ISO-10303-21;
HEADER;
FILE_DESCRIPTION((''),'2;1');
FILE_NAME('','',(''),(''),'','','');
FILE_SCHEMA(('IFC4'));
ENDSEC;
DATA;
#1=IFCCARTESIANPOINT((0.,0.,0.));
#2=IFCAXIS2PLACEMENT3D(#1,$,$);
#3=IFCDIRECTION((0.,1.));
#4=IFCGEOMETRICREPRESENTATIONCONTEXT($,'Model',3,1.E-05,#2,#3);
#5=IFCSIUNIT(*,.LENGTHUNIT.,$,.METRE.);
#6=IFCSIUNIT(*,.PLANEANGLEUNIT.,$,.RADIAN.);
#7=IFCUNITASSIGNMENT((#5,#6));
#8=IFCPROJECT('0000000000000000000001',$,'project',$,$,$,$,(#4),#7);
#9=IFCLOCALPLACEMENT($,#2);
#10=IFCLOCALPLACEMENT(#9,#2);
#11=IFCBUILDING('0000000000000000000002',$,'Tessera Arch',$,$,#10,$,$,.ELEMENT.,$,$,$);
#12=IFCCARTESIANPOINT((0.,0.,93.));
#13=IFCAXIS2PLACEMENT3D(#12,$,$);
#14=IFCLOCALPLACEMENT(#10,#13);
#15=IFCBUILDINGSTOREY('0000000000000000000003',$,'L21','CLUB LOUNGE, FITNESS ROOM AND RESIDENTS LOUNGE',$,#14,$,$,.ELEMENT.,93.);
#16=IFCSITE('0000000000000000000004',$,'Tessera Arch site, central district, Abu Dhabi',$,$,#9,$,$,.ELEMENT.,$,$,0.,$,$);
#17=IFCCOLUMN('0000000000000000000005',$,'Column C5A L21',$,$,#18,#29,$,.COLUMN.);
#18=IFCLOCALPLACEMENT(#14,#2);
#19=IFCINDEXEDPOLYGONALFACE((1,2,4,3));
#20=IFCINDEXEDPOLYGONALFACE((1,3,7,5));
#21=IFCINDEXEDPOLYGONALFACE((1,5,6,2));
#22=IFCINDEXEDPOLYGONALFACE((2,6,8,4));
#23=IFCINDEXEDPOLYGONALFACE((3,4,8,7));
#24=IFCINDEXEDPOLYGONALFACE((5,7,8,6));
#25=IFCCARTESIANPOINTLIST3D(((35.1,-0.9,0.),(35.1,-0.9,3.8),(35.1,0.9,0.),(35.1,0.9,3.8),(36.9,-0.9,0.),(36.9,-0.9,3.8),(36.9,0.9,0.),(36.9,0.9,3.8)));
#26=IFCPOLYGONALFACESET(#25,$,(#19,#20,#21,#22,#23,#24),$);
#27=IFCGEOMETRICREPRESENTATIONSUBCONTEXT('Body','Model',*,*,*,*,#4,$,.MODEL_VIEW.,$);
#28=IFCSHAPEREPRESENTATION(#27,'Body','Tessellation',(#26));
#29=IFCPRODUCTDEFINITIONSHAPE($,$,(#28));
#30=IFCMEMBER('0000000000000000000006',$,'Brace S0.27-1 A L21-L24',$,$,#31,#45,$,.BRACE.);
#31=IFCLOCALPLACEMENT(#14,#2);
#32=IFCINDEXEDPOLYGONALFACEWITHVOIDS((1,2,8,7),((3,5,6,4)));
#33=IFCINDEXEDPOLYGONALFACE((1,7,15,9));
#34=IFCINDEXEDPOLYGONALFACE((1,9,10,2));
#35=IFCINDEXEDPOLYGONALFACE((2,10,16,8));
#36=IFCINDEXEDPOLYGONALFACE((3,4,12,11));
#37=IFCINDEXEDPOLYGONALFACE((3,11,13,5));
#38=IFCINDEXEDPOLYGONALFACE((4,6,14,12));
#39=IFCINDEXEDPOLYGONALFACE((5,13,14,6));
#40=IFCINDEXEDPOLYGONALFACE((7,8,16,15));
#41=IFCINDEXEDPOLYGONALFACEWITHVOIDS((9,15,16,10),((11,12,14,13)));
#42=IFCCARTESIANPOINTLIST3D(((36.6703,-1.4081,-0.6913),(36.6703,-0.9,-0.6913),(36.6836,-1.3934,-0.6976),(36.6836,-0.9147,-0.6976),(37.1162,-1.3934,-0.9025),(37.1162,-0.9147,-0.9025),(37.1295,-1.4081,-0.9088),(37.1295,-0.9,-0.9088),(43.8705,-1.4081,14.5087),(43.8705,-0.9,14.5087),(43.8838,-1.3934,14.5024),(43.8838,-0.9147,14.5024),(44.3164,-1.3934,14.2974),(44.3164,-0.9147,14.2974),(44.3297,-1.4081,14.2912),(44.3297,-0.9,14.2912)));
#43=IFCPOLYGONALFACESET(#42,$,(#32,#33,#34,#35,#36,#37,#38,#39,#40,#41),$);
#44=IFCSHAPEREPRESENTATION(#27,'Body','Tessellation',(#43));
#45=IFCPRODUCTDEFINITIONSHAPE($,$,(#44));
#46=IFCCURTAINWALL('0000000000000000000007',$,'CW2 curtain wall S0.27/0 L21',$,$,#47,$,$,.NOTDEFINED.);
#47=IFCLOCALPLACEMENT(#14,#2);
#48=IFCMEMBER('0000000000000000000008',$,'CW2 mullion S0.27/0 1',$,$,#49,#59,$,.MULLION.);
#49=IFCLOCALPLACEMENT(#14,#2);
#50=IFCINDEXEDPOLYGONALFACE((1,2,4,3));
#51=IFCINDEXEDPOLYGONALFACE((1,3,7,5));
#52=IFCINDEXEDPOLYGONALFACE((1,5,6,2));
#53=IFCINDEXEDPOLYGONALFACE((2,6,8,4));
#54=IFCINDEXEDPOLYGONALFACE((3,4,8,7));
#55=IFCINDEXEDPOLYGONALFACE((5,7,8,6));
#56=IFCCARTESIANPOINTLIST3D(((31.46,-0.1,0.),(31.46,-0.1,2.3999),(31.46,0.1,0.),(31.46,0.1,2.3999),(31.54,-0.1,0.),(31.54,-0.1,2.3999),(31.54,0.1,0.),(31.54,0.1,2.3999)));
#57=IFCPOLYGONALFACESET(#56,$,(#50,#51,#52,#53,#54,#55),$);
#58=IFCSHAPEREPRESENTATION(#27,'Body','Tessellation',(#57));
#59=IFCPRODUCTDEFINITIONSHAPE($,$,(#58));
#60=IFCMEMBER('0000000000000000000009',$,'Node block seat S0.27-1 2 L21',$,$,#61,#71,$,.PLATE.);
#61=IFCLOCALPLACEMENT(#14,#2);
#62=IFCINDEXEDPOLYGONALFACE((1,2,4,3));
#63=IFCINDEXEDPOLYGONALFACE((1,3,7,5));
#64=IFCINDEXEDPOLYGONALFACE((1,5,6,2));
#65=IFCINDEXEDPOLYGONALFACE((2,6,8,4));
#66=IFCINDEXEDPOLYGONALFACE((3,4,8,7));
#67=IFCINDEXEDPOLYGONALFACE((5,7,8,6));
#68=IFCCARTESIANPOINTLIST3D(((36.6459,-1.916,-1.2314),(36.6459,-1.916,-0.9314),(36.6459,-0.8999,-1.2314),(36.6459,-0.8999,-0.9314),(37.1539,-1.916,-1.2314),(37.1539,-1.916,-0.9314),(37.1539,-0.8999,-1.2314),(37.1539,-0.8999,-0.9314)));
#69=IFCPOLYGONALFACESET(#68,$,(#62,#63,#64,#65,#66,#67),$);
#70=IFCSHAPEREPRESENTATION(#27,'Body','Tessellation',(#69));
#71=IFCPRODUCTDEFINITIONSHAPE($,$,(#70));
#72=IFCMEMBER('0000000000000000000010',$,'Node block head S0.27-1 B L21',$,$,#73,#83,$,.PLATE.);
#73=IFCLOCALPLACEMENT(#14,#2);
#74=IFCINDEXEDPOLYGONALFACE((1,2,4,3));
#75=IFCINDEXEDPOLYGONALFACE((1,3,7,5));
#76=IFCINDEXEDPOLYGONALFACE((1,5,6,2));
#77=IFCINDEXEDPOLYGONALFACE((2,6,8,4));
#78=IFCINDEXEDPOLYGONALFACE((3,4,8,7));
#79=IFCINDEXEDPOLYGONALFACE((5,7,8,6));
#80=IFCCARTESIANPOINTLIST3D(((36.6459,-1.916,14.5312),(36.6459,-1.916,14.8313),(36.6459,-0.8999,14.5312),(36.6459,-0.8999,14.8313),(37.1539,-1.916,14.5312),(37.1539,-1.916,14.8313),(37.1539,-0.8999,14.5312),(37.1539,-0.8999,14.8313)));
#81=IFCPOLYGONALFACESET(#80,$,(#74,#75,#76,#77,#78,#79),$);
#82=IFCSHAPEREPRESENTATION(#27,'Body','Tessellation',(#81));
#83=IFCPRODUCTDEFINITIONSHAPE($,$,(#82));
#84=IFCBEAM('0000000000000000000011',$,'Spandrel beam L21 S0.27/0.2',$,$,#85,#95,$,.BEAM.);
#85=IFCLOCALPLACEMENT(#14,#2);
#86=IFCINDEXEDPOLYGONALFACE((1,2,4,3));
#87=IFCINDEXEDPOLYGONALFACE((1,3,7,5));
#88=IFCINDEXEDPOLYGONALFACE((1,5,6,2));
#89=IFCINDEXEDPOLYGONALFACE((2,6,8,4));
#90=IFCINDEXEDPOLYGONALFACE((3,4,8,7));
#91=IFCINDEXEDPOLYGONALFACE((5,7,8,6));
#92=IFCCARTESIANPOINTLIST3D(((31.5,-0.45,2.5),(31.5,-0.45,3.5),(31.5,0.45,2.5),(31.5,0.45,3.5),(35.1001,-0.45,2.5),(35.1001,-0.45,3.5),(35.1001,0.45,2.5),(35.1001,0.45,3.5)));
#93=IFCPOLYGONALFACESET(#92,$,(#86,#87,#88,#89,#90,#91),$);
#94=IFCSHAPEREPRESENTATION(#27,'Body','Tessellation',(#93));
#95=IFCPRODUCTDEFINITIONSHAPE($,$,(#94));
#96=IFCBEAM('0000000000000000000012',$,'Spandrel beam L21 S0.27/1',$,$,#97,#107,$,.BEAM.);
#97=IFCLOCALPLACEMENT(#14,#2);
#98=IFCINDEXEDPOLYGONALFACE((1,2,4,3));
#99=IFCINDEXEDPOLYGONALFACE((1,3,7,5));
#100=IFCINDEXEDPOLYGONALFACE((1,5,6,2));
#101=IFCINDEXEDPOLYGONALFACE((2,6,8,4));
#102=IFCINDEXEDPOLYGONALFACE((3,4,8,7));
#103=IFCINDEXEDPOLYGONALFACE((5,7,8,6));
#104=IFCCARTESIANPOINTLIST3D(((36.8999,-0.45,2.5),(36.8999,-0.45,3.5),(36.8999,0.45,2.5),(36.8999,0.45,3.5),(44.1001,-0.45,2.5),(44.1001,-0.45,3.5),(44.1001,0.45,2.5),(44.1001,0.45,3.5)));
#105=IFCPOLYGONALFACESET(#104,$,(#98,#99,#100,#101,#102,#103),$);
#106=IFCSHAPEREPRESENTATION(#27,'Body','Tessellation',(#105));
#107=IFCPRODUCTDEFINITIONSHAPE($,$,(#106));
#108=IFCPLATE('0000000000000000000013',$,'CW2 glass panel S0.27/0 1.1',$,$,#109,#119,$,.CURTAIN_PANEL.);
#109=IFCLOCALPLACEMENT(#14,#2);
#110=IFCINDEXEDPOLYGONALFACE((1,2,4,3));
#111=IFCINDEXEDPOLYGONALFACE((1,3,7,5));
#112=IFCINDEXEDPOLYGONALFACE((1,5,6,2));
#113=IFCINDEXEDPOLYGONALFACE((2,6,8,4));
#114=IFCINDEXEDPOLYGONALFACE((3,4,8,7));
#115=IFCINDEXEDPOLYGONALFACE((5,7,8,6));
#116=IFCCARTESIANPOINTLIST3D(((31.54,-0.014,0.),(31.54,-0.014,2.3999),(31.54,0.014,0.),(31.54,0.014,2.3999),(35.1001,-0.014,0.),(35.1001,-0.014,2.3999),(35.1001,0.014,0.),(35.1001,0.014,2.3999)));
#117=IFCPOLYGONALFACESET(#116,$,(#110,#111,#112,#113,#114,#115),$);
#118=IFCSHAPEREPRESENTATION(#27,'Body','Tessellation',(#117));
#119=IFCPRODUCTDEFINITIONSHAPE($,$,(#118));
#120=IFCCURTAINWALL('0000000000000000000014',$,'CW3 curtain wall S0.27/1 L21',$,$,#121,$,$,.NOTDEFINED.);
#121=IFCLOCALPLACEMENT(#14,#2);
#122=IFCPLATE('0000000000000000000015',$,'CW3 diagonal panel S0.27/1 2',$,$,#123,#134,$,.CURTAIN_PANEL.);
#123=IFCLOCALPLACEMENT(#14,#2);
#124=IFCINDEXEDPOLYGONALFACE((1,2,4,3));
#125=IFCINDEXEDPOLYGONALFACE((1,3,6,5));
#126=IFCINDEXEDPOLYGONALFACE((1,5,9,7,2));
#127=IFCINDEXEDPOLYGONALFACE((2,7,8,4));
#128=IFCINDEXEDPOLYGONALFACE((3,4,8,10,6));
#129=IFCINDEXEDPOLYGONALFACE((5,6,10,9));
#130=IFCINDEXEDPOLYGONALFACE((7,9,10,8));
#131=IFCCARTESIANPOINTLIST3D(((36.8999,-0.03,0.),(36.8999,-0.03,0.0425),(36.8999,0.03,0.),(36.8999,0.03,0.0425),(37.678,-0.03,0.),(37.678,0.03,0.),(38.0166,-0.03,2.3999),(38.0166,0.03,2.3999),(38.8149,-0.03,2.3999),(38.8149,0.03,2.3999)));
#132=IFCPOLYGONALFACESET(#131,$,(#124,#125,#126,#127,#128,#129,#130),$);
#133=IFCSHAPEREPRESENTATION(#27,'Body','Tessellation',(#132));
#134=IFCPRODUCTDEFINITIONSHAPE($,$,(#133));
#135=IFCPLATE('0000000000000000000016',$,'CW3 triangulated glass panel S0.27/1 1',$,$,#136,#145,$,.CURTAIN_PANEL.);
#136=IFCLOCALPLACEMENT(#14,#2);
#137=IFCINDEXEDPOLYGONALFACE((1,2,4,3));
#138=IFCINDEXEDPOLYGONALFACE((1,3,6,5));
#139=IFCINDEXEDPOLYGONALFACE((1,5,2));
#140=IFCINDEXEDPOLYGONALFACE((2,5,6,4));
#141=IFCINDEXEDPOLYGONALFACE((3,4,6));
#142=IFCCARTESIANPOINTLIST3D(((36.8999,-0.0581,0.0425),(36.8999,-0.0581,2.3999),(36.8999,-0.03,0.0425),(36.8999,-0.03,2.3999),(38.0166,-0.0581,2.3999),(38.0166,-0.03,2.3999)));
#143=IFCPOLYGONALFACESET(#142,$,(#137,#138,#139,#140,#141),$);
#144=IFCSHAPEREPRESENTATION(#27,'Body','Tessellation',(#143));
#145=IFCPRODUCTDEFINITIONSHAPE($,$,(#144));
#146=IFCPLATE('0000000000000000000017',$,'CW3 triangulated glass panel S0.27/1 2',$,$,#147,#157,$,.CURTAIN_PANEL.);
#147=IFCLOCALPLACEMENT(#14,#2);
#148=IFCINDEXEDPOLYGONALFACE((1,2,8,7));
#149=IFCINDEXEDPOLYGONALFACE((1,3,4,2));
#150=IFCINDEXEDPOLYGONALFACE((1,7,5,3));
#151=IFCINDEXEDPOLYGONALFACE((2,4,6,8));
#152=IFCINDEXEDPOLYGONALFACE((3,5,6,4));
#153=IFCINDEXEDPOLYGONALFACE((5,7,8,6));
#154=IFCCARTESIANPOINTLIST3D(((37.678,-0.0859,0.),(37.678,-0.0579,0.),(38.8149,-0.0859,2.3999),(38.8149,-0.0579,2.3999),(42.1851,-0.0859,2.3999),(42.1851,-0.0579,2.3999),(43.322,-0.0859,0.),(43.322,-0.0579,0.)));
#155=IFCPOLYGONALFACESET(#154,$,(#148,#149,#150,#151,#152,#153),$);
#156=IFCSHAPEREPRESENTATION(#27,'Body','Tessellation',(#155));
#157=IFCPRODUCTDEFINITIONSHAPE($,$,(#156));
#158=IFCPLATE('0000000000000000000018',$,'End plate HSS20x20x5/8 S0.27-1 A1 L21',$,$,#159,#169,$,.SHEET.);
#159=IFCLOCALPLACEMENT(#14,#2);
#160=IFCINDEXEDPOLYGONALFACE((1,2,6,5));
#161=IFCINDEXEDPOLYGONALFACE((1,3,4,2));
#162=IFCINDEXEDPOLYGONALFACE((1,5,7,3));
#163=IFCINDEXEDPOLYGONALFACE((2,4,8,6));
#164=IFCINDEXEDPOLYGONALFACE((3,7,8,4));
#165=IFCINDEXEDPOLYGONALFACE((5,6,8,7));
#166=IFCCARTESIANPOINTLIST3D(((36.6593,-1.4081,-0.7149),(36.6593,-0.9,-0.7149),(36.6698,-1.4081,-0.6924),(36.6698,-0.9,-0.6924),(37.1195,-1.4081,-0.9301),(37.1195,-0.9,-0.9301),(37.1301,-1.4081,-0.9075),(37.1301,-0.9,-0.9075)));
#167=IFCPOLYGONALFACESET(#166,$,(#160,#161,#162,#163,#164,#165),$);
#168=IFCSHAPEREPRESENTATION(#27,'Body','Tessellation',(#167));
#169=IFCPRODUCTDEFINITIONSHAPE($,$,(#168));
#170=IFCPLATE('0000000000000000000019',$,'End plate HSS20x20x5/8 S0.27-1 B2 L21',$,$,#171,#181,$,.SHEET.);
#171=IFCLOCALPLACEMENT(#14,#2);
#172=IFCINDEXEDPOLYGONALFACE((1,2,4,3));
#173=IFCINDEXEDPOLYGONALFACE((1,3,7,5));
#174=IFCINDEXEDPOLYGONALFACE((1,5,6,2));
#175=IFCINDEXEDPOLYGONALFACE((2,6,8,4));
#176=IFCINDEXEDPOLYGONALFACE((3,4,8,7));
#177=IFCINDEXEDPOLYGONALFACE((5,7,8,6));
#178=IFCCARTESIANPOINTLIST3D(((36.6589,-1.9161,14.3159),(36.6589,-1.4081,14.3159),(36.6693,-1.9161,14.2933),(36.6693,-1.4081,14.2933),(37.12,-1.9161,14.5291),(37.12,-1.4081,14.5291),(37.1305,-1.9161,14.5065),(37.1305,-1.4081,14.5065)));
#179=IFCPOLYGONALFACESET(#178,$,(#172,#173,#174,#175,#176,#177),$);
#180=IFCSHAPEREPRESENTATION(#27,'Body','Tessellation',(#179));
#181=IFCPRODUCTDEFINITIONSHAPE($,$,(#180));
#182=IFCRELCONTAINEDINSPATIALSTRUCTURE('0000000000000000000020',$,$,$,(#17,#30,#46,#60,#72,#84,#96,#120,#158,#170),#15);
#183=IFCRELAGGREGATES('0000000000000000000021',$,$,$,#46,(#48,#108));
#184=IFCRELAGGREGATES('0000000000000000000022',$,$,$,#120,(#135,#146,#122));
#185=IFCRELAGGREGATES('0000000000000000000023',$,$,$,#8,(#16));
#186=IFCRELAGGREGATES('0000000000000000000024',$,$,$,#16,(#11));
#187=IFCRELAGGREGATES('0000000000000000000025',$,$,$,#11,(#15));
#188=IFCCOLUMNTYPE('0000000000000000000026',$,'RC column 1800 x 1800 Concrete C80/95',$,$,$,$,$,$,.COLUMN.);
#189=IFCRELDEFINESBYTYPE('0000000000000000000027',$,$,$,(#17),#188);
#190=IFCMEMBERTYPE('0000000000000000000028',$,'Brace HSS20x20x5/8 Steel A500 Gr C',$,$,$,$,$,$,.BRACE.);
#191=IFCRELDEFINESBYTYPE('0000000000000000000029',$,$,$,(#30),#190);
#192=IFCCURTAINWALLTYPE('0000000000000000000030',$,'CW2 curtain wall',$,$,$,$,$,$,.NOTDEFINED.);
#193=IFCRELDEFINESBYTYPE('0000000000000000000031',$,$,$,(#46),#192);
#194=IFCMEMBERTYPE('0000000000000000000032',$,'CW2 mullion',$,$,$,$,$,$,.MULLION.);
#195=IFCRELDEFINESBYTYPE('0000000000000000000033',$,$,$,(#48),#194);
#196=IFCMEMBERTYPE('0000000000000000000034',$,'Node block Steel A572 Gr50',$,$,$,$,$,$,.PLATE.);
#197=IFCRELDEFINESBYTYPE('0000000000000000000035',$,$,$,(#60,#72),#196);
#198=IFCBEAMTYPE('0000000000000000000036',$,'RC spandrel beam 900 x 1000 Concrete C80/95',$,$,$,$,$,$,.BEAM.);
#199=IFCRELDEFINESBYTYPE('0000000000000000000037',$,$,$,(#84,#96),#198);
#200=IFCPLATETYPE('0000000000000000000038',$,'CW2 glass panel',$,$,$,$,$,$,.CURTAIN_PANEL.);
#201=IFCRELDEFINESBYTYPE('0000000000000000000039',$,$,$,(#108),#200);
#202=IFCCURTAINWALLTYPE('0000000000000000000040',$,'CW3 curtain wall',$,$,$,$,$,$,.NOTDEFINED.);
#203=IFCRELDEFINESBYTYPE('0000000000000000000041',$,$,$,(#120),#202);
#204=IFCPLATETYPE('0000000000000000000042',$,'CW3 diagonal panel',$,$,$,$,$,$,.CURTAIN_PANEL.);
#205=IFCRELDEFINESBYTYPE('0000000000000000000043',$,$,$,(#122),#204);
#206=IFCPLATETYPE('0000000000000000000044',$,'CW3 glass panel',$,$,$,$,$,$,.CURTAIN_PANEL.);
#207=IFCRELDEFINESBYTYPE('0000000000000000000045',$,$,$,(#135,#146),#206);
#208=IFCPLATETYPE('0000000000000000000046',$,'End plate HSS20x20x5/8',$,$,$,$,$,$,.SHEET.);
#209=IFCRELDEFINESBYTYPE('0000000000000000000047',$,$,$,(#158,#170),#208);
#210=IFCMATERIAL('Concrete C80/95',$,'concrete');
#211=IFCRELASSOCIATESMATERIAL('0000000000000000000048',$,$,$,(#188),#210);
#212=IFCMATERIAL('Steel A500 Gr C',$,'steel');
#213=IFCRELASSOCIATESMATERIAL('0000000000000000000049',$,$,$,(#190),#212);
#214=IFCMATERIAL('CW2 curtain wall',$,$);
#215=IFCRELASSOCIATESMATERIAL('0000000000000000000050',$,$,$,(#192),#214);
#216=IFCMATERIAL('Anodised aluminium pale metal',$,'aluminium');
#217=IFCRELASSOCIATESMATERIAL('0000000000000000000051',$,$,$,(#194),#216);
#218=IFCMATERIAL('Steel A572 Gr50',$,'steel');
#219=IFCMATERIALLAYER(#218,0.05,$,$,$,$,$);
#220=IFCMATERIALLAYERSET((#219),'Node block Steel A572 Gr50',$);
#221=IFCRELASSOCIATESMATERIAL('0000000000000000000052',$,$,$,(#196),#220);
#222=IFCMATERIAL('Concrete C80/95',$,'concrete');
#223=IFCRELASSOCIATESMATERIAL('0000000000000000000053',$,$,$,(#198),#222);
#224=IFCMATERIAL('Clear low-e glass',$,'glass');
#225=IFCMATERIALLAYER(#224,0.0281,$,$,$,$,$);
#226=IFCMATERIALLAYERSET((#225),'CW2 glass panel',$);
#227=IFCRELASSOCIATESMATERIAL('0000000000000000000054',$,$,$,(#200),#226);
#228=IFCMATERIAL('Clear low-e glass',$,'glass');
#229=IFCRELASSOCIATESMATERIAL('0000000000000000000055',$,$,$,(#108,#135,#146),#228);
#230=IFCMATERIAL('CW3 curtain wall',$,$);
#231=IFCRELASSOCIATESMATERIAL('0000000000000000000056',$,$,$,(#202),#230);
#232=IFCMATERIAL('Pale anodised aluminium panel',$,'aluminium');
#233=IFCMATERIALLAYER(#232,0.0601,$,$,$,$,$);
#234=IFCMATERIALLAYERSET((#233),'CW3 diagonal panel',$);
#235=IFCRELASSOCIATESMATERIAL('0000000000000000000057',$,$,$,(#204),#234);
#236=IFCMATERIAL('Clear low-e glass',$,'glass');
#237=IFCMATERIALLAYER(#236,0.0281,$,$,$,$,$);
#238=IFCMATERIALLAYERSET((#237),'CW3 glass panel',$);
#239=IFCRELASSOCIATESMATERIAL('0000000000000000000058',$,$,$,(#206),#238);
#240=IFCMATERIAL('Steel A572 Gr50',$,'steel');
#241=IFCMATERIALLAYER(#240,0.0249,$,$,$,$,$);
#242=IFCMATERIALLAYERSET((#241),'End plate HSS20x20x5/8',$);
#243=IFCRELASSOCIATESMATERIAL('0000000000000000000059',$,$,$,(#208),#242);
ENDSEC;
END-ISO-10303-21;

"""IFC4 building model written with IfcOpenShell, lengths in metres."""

from ifc_helpers import new_model, si_unit, direction, frame, origin, origin_2d, place, context, subcontext, project, spatial, polyline, rectangle, hollow_rectangle, outline, extrude, material, layer, layer_set, material_profile, profile_set, type_object, element, aggregate, save


model = new_model("IFC4")

# Units and contexts
model_context = context("Model", 3, precision=1e-05, world=origin(), true_north=direction((0.0, 1.0)))
body_context = subcontext(model_context, "Body", "Model", "MODEL_VIEW")
ifc_project = project(units=[si_unit("LENGTHUNIT", "METRE"), si_unit("PLANEANGLEUNIT", "RADIAN")], contexts=[model_context])

# Site, building, storey
site_placement = place(None, origin())
site = spatial("IfcSite", under=ifc_project, at=site_placement, Name="Tessera Arch site, central district, Abu Dhabi", CompositionType="ELEMENT", RefElevation=0.0)
building_placement = place(site_placement, origin())
building = spatial("IfcBuilding", under=site, at=building_placement, Name="Tessera Arch", CompositionType="ELEMENT")
storey_placement = place(building_placement, frame((0.0, 0.0, 93.0)))
storey = spatial("IfcBuildingStorey", under=building, at=storey_placement, Name="L21", Description="CLUB LOUNGE, FITNESS ROOM AND RESIDENTS LOUNGE", CompositionType="ELEMENT", Elevation=93.0)

# Column
ifc_material_1 = material(Name="Concrete C80/95", Category="concrete")
ifc_material_profile_1 = material_profile(ifc_material_1, rectangle(XDim=1.8, YDim=1.8, at=origin_2d()), Name="RC column 1800 x 1800 Concrete C80/95")
ifc_profile_set_1 = profile_set([ifc_material_profile_1], Name="Concrete C80/95")
column_type = type_object("IfcColumnType", Name="RC column 1800 x 1800 Concrete C80/95", PredefinedType="COLUMN", material=ifc_profile_set_1)
column_placement = place(storey_placement, frame((36.0, 0.0, 0.0), z_axis=(0.0, 0.0, 1.0), x_axis=(1.0, 0.0, 0.0)))
element("IfcColumn", 1, at=column_placement, inside=storey, type_object=column_type, Name="Column C5A L21", PredefinedType="COLUMN", context=body_context, shape_type="SweptSolid", body=[
    extrude(rectangle(XDim=1.8, YDim=1.8, at=origin_2d()), origin(), (0.0, 0.0, 1.0), 3.8),
])

# Member
ifc_material_2 = material(Name="Steel A500 Gr C", Category="steel")
ifc_material_profile_2 = material_profile(ifc_material_2, hollow_rectangle(XDim=0.5081, YDim=0.5081, WallThickness=0.0146, at=origin_2d()), Name="HSS20x20x5/8")
ifc_profile_set_2 = profile_set([ifc_material_profile_2], Name="Steel A500 Gr C")
member_type_1 = type_object("IfcMemberType", Name="Brace HSS20x20x5/8 Steel A500 Gr C", PredefinedType="BRACE", material=ifc_profile_set_2)
member_1_placement = place(storey_placement, frame((36.8999, -1.1541, -0.8), z_axis=(0.428097, 0.0, 0.903733), x_axis=(0.0, 1.0, 0.0)))
element("IfcMember", 2, at=member_1_placement, inside=storey, type_object=member_type_1, Name="Brace S0.27-1 A L21-L24", PredefinedType="BRACE", context=body_context, shape_type="SweptSolid", body=[
    extrude(hollow_rectangle(XDim=0.5081, YDim=0.5081, WallThickness=0.0146, at=origin_2d()), origin(), (0.0, 0.0, 1.0), 16.8191),
])

# Curtain wall, member
ifc_material_3 = material(Name="CW2 curtain wall")
curtain_wall_type_1 = type_object("IfcCurtainWallType", Name="CW2 curtain wall", PredefinedType="NOTDEFINED", material=ifc_material_3)
curtain_wall_1_placement = place(storey_placement, origin())
curtain_wall_1 = element("IfcCurtainWall", 3, at=curtain_wall_1_placement, inside=storey, type_object=curtain_wall_type_1, Name="CW2 curtain wall S0.27/0 L21", PredefinedType="NOTDEFINED")
ifc_material_4 = material(Name="Anodised aluminium pale metal", Category="aluminium")
ifc_material_profile_3 = material_profile(ifc_material_4, rectangle(XDim=0.2, YDim=0.0801, at=origin_2d()), Name="AL 80x200")
ifc_profile_set_3 = profile_set([ifc_material_profile_3], Name="Anodised aluminium pale metal")
member_type_2 = type_object("IfcMemberType", Name="CW2 mullion", PredefinedType="MULLION", material=ifc_profile_set_3)
member_2_placement = place(storey_placement, frame((31.5, 0.0, 0.0), z_axis=(0.0, 0.0, 1.0), x_axis=(0.0, 1.0, 0.0)))
member_2 = element("IfcMember", 4, at=member_2_placement, type_object=member_type_2, Name="CW2 mullion S0.27/0 1", PredefinedType="MULLION", context=body_context, shape_type="SweptSolid", body=[
    extrude(rectangle(XDim=0.2, YDim=0.0801, at=origin_2d()), origin(), (0.0, 0.0, 1.0), 2.3999),
])

# Members
ifc_material_5 = material(Name="Steel A572 Gr50", Category="steel")
ifc_layer_1 = layer(ifc_material_5, 0.05)
ifc_layer_set_1 = layer_set([ifc_layer_1], Name="Node block Steel A572 Gr50")
member_type_3 = type_object("IfcMemberType", Name="Node block Steel A572 Gr50", PredefinedType="PLATE", material=ifc_layer_set_1)
for number, where, z_axis, x_axis, name in (
    (5, (36.8999, -1.408, -1.2314), (0.0, 0.0, 1.0), (1.0, 0.0, 0.0), "Node block seat S0.27-1 2 L21"),
    (6, (36.8999, -1.408, 14.5312), (0.0, 0.0, 1.0), (1.0, 0.0, 0.0), "Node block head S0.27-1 B L21"),
):
    element("IfcMember", number, at=place(storey_placement, frame(where, z_axis=z_axis, x_axis=x_axis)), inside=storey, type_object=member_type_3, Name=name, PredefinedType="PLATE", context=body_context, shape_type="SweptSolid", body=[
        extrude(rectangle(XDim=0.5081, YDim=1.0161, at=origin_2d()), origin(), (0.0, 0.0, 1.0), 0.3),
    ])

# Beams
ifc_material_6 = material(Name="Concrete C80/95", Category="concrete")
ifc_material_profile_4 = material_profile(ifc_material_6, rectangle(XDim=0.8999, YDim=1.0, at=origin_2d()), Name="RC spandrel beam 900 x 1000 Concrete C80/95")
ifc_profile_set_4 = profile_set([ifc_material_profile_4], Name="Concrete C80/95")
beam_type = type_object("IfcBeamType", Name="RC spandrel beam 900 x 1000 Concrete C80/95", PredefinedType="BEAM", material=ifc_profile_set_4)
beam_1_placement = place(storey_placement, frame((31.5, 0.0, 3.0), z_axis=(1.0, 0.0, 0.0), x_axis=(0.0, 1.0, 0.0)))
element("IfcBeam", 7, at=beam_1_placement, inside=storey, type_object=beam_type, Name="Spandrel beam L21 S0.27/0.2", PredefinedType="BEAM", context=body_context, shape_type="SweptSolid", body=[
    extrude(rectangle(XDim=0.8999, YDim=1.0, at=origin_2d()), origin(), (0.0, 0.0, 1.0), 3.6001),
])
beam_2_placement = place(storey_placement, frame((36.8999, 0.0, 3.0), z_axis=(1.0, 0.0, 0.0), x_axis=(0.0, 1.0, 0.0)))
element("IfcBeam", 8, at=beam_2_placement, inside=storey, type_object=beam_type, Name="Spandrel beam L21 S0.27/1", PredefinedType="BEAM", context=body_context, shape_type="SweptSolid", body=[
    extrude(rectangle(XDim=0.8999, YDim=1.0, at=origin_2d()), origin(), (0.0, 0.0, 1.0), 7.2002),
])

# Plate
ifc_material_7 = material(Name="Clear low-e glass", Category="glass")
ifc_material_8 = material(Name="Clear low-e glass", Category="glass")
ifc_layer_2 = layer(ifc_material_8, 0.0281)
ifc_layer_set_2 = layer_set([ifc_layer_2], Name="CW2 glass panel")
plate_type_1 = type_object("IfcPlateType", Name="CW2 glass panel", PredefinedType="CURTAIN_PANEL", material=ifc_layer_set_2)
plate_1_placement = place(storey_placement, frame((33.3201, 0.0, 0.0), z_axis=(0.0, 0.0, 1.0), x_axis=(1.0, 0.0, 0.0)))
plate_1 = element("IfcPlate", 9, at=plate_1_placement, type_object=plate_type_1, material=ifc_material_7, Name="CW2 glass panel S0.27/0 1.1", PredefinedType="CURTAIN_PANEL", context=body_context, shape_type="SweptSolid", body=[
    extrude(rectangle(XDim=3.5601, YDim=0.0281, at=origin_2d()), origin(), (0.0, 0.0, 1.0), 2.3999),
])
aggregate(curtain_wall_1, [member_2, plate_1])

# Curtain wall, plates
ifc_material_9 = material(Name="CW3 curtain wall")
curtain_wall_type_2 = type_object("IfcCurtainWallType", Name="CW3 curtain wall", PredefinedType="NOTDEFINED", material=ifc_material_9)
curtain_wall_2_placement = place(storey_placement, origin())
curtain_wall_2 = element("IfcCurtainWall", 10, at=curtain_wall_2_placement, inside=storey, type_object=curtain_wall_type_2, Name="CW3 curtain wall S0.27/1 L21", PredefinedType="NOTDEFINED")
ifc_material_10 = material(Name="Pale anodised aluminium panel", Category="aluminium")
ifc_layer_3 = layer(ifc_material_10, 0.0601)
ifc_layer_set_3 = layer_set([ifc_layer_3], Name="CW3 diagonal panel")
plate_type_2 = type_object("IfcPlateType", Name="CW3 diagonal panel", PredefinedType="CURTAIN_PANEL", material=ifc_layer_set_3)
plate_2_placement = place(storey_placement, frame((38.8149, -0.03, 2.3999), z_axis=(0.0, -1.0, 0.0), x_axis=(-1.0, 0.0, 0.0)))
plate_2 = element("IfcPlate", 11, at=plate_2_placement, type_object=plate_type_2, Name="CW3 diagonal panel S0.27/1 2", PredefinedType="CURTAIN_PANEL", context=body_context, shape_type="SweptSolid", body=[
    extrude(outline(polyline([(0.0, 0.0), (0.7983, 0.0), (1.915, 2.3574), (1.915, 2.3999), (1.137, 2.3999), (0.0, 0.0)])), origin(), (0.0, 0.0, -1.0), 0.0601),
])
ifc_material_11 = material(Name="Clear low-e glass", Category="glass")
ifc_layer_4 = layer(ifc_material_11, 0.0281)
ifc_layer_set_4 = layer_set([ifc_layer_4], Name="CW3 glass panel")
plate_type_3 = type_object("IfcPlateType", Name="CW3 glass panel", PredefinedType="CURTAIN_PANEL", material=ifc_layer_set_4)
plate_3_placement = place(storey_placement, frame((36.8999, -0.0581, 2.3999), z_axis=(0.0, -1.0, 0.0), x_axis=(0.0, 0.0, -1.0)))
plate_3 = element("IfcPlate", 12, at=plate_3_placement, type_object=plate_type_3, material=ifc_material_7, Name="CW3 triangulated glass panel S0.27/1 1", PredefinedType="CURTAIN_PANEL", context=body_context, shape_type="SweptSolid", body=[
    extrude(outline(polyline([(0.0, 0.0), (2.3574, 0.0), (0.0, 1.1167), (0.0, 0.0)])), origin(), (0.0, 0.0, -1.0), 0.0281),
])
plate_4_placement = place(storey_placement, frame((42.1851, -0.0859, 2.3999), z_axis=(0.0, -1.0, 0.0), x_axis=(-1.0, 0.0, 0.0)))
plate_4 = element("IfcPlate", 13, at=plate_4_placement, type_object=plate_type_3, material=ifc_material_7, Name="CW3 triangulated glass panel S0.27/1 2", PredefinedType="CURTAIN_PANEL", context=body_context, shape_type="SweptSolid", body=[
    extrude(outline(polyline([(0.0, 0.0), (3.3701, 0.0), (4.5071, 2.3999), (-1.137, 2.3999), (0.0, 0.0)])), origin(), (0.0, 0.0, -1.0), 0.0281),
])
aggregate(curtain_wall_2, [plate_3, plate_4, plate_2])

# Plates
ifc_material_12 = material(Name="Steel A572 Gr50", Category="steel")
ifc_layer_5 = layer(ifc_material_12, 0.0249)
ifc_layer_set_5 = layer_set([ifc_layer_5], Name="End plate HSS20x20x5/8")
plate_type_4 = type_object("IfcPlateType", Name="End plate HSS20x20x5/8", PredefinedType="SHEET", material=ifc_layer_set_5)
for number, where, z_axis, x_axis, name in (
    (14, (36.8894, -1.1541, -0.8225), (0.423424, 0.0, 0.905931), (0.0, 1.0, 0.0), "End plate HSS20x20x5/8 S0.27-1 A1 L21"),
    (15, (36.8999, -1.6621, 14.3999), (-0.419677, 0.0, 0.907674), (0.0, -1.0, 0.0), "End plate HSS20x20x5/8 S0.27-1 B2 L21"),
):
    element("IfcPlate", number, at=place(storey_placement, frame(where, z_axis=z_axis, x_axis=x_axis)), inside=storey, type_object=plate_type_4, Name=name, PredefinedType="SHEET", context=body_context, shape_type="SweptSolid", body=[
        extrude(rectangle(XDim=0.5081, YDim=0.5081, at=origin_2d()), origin(), (0.0, 0.0, 1.0), 0.0249),
    ])

save(model, "model.ifc")
